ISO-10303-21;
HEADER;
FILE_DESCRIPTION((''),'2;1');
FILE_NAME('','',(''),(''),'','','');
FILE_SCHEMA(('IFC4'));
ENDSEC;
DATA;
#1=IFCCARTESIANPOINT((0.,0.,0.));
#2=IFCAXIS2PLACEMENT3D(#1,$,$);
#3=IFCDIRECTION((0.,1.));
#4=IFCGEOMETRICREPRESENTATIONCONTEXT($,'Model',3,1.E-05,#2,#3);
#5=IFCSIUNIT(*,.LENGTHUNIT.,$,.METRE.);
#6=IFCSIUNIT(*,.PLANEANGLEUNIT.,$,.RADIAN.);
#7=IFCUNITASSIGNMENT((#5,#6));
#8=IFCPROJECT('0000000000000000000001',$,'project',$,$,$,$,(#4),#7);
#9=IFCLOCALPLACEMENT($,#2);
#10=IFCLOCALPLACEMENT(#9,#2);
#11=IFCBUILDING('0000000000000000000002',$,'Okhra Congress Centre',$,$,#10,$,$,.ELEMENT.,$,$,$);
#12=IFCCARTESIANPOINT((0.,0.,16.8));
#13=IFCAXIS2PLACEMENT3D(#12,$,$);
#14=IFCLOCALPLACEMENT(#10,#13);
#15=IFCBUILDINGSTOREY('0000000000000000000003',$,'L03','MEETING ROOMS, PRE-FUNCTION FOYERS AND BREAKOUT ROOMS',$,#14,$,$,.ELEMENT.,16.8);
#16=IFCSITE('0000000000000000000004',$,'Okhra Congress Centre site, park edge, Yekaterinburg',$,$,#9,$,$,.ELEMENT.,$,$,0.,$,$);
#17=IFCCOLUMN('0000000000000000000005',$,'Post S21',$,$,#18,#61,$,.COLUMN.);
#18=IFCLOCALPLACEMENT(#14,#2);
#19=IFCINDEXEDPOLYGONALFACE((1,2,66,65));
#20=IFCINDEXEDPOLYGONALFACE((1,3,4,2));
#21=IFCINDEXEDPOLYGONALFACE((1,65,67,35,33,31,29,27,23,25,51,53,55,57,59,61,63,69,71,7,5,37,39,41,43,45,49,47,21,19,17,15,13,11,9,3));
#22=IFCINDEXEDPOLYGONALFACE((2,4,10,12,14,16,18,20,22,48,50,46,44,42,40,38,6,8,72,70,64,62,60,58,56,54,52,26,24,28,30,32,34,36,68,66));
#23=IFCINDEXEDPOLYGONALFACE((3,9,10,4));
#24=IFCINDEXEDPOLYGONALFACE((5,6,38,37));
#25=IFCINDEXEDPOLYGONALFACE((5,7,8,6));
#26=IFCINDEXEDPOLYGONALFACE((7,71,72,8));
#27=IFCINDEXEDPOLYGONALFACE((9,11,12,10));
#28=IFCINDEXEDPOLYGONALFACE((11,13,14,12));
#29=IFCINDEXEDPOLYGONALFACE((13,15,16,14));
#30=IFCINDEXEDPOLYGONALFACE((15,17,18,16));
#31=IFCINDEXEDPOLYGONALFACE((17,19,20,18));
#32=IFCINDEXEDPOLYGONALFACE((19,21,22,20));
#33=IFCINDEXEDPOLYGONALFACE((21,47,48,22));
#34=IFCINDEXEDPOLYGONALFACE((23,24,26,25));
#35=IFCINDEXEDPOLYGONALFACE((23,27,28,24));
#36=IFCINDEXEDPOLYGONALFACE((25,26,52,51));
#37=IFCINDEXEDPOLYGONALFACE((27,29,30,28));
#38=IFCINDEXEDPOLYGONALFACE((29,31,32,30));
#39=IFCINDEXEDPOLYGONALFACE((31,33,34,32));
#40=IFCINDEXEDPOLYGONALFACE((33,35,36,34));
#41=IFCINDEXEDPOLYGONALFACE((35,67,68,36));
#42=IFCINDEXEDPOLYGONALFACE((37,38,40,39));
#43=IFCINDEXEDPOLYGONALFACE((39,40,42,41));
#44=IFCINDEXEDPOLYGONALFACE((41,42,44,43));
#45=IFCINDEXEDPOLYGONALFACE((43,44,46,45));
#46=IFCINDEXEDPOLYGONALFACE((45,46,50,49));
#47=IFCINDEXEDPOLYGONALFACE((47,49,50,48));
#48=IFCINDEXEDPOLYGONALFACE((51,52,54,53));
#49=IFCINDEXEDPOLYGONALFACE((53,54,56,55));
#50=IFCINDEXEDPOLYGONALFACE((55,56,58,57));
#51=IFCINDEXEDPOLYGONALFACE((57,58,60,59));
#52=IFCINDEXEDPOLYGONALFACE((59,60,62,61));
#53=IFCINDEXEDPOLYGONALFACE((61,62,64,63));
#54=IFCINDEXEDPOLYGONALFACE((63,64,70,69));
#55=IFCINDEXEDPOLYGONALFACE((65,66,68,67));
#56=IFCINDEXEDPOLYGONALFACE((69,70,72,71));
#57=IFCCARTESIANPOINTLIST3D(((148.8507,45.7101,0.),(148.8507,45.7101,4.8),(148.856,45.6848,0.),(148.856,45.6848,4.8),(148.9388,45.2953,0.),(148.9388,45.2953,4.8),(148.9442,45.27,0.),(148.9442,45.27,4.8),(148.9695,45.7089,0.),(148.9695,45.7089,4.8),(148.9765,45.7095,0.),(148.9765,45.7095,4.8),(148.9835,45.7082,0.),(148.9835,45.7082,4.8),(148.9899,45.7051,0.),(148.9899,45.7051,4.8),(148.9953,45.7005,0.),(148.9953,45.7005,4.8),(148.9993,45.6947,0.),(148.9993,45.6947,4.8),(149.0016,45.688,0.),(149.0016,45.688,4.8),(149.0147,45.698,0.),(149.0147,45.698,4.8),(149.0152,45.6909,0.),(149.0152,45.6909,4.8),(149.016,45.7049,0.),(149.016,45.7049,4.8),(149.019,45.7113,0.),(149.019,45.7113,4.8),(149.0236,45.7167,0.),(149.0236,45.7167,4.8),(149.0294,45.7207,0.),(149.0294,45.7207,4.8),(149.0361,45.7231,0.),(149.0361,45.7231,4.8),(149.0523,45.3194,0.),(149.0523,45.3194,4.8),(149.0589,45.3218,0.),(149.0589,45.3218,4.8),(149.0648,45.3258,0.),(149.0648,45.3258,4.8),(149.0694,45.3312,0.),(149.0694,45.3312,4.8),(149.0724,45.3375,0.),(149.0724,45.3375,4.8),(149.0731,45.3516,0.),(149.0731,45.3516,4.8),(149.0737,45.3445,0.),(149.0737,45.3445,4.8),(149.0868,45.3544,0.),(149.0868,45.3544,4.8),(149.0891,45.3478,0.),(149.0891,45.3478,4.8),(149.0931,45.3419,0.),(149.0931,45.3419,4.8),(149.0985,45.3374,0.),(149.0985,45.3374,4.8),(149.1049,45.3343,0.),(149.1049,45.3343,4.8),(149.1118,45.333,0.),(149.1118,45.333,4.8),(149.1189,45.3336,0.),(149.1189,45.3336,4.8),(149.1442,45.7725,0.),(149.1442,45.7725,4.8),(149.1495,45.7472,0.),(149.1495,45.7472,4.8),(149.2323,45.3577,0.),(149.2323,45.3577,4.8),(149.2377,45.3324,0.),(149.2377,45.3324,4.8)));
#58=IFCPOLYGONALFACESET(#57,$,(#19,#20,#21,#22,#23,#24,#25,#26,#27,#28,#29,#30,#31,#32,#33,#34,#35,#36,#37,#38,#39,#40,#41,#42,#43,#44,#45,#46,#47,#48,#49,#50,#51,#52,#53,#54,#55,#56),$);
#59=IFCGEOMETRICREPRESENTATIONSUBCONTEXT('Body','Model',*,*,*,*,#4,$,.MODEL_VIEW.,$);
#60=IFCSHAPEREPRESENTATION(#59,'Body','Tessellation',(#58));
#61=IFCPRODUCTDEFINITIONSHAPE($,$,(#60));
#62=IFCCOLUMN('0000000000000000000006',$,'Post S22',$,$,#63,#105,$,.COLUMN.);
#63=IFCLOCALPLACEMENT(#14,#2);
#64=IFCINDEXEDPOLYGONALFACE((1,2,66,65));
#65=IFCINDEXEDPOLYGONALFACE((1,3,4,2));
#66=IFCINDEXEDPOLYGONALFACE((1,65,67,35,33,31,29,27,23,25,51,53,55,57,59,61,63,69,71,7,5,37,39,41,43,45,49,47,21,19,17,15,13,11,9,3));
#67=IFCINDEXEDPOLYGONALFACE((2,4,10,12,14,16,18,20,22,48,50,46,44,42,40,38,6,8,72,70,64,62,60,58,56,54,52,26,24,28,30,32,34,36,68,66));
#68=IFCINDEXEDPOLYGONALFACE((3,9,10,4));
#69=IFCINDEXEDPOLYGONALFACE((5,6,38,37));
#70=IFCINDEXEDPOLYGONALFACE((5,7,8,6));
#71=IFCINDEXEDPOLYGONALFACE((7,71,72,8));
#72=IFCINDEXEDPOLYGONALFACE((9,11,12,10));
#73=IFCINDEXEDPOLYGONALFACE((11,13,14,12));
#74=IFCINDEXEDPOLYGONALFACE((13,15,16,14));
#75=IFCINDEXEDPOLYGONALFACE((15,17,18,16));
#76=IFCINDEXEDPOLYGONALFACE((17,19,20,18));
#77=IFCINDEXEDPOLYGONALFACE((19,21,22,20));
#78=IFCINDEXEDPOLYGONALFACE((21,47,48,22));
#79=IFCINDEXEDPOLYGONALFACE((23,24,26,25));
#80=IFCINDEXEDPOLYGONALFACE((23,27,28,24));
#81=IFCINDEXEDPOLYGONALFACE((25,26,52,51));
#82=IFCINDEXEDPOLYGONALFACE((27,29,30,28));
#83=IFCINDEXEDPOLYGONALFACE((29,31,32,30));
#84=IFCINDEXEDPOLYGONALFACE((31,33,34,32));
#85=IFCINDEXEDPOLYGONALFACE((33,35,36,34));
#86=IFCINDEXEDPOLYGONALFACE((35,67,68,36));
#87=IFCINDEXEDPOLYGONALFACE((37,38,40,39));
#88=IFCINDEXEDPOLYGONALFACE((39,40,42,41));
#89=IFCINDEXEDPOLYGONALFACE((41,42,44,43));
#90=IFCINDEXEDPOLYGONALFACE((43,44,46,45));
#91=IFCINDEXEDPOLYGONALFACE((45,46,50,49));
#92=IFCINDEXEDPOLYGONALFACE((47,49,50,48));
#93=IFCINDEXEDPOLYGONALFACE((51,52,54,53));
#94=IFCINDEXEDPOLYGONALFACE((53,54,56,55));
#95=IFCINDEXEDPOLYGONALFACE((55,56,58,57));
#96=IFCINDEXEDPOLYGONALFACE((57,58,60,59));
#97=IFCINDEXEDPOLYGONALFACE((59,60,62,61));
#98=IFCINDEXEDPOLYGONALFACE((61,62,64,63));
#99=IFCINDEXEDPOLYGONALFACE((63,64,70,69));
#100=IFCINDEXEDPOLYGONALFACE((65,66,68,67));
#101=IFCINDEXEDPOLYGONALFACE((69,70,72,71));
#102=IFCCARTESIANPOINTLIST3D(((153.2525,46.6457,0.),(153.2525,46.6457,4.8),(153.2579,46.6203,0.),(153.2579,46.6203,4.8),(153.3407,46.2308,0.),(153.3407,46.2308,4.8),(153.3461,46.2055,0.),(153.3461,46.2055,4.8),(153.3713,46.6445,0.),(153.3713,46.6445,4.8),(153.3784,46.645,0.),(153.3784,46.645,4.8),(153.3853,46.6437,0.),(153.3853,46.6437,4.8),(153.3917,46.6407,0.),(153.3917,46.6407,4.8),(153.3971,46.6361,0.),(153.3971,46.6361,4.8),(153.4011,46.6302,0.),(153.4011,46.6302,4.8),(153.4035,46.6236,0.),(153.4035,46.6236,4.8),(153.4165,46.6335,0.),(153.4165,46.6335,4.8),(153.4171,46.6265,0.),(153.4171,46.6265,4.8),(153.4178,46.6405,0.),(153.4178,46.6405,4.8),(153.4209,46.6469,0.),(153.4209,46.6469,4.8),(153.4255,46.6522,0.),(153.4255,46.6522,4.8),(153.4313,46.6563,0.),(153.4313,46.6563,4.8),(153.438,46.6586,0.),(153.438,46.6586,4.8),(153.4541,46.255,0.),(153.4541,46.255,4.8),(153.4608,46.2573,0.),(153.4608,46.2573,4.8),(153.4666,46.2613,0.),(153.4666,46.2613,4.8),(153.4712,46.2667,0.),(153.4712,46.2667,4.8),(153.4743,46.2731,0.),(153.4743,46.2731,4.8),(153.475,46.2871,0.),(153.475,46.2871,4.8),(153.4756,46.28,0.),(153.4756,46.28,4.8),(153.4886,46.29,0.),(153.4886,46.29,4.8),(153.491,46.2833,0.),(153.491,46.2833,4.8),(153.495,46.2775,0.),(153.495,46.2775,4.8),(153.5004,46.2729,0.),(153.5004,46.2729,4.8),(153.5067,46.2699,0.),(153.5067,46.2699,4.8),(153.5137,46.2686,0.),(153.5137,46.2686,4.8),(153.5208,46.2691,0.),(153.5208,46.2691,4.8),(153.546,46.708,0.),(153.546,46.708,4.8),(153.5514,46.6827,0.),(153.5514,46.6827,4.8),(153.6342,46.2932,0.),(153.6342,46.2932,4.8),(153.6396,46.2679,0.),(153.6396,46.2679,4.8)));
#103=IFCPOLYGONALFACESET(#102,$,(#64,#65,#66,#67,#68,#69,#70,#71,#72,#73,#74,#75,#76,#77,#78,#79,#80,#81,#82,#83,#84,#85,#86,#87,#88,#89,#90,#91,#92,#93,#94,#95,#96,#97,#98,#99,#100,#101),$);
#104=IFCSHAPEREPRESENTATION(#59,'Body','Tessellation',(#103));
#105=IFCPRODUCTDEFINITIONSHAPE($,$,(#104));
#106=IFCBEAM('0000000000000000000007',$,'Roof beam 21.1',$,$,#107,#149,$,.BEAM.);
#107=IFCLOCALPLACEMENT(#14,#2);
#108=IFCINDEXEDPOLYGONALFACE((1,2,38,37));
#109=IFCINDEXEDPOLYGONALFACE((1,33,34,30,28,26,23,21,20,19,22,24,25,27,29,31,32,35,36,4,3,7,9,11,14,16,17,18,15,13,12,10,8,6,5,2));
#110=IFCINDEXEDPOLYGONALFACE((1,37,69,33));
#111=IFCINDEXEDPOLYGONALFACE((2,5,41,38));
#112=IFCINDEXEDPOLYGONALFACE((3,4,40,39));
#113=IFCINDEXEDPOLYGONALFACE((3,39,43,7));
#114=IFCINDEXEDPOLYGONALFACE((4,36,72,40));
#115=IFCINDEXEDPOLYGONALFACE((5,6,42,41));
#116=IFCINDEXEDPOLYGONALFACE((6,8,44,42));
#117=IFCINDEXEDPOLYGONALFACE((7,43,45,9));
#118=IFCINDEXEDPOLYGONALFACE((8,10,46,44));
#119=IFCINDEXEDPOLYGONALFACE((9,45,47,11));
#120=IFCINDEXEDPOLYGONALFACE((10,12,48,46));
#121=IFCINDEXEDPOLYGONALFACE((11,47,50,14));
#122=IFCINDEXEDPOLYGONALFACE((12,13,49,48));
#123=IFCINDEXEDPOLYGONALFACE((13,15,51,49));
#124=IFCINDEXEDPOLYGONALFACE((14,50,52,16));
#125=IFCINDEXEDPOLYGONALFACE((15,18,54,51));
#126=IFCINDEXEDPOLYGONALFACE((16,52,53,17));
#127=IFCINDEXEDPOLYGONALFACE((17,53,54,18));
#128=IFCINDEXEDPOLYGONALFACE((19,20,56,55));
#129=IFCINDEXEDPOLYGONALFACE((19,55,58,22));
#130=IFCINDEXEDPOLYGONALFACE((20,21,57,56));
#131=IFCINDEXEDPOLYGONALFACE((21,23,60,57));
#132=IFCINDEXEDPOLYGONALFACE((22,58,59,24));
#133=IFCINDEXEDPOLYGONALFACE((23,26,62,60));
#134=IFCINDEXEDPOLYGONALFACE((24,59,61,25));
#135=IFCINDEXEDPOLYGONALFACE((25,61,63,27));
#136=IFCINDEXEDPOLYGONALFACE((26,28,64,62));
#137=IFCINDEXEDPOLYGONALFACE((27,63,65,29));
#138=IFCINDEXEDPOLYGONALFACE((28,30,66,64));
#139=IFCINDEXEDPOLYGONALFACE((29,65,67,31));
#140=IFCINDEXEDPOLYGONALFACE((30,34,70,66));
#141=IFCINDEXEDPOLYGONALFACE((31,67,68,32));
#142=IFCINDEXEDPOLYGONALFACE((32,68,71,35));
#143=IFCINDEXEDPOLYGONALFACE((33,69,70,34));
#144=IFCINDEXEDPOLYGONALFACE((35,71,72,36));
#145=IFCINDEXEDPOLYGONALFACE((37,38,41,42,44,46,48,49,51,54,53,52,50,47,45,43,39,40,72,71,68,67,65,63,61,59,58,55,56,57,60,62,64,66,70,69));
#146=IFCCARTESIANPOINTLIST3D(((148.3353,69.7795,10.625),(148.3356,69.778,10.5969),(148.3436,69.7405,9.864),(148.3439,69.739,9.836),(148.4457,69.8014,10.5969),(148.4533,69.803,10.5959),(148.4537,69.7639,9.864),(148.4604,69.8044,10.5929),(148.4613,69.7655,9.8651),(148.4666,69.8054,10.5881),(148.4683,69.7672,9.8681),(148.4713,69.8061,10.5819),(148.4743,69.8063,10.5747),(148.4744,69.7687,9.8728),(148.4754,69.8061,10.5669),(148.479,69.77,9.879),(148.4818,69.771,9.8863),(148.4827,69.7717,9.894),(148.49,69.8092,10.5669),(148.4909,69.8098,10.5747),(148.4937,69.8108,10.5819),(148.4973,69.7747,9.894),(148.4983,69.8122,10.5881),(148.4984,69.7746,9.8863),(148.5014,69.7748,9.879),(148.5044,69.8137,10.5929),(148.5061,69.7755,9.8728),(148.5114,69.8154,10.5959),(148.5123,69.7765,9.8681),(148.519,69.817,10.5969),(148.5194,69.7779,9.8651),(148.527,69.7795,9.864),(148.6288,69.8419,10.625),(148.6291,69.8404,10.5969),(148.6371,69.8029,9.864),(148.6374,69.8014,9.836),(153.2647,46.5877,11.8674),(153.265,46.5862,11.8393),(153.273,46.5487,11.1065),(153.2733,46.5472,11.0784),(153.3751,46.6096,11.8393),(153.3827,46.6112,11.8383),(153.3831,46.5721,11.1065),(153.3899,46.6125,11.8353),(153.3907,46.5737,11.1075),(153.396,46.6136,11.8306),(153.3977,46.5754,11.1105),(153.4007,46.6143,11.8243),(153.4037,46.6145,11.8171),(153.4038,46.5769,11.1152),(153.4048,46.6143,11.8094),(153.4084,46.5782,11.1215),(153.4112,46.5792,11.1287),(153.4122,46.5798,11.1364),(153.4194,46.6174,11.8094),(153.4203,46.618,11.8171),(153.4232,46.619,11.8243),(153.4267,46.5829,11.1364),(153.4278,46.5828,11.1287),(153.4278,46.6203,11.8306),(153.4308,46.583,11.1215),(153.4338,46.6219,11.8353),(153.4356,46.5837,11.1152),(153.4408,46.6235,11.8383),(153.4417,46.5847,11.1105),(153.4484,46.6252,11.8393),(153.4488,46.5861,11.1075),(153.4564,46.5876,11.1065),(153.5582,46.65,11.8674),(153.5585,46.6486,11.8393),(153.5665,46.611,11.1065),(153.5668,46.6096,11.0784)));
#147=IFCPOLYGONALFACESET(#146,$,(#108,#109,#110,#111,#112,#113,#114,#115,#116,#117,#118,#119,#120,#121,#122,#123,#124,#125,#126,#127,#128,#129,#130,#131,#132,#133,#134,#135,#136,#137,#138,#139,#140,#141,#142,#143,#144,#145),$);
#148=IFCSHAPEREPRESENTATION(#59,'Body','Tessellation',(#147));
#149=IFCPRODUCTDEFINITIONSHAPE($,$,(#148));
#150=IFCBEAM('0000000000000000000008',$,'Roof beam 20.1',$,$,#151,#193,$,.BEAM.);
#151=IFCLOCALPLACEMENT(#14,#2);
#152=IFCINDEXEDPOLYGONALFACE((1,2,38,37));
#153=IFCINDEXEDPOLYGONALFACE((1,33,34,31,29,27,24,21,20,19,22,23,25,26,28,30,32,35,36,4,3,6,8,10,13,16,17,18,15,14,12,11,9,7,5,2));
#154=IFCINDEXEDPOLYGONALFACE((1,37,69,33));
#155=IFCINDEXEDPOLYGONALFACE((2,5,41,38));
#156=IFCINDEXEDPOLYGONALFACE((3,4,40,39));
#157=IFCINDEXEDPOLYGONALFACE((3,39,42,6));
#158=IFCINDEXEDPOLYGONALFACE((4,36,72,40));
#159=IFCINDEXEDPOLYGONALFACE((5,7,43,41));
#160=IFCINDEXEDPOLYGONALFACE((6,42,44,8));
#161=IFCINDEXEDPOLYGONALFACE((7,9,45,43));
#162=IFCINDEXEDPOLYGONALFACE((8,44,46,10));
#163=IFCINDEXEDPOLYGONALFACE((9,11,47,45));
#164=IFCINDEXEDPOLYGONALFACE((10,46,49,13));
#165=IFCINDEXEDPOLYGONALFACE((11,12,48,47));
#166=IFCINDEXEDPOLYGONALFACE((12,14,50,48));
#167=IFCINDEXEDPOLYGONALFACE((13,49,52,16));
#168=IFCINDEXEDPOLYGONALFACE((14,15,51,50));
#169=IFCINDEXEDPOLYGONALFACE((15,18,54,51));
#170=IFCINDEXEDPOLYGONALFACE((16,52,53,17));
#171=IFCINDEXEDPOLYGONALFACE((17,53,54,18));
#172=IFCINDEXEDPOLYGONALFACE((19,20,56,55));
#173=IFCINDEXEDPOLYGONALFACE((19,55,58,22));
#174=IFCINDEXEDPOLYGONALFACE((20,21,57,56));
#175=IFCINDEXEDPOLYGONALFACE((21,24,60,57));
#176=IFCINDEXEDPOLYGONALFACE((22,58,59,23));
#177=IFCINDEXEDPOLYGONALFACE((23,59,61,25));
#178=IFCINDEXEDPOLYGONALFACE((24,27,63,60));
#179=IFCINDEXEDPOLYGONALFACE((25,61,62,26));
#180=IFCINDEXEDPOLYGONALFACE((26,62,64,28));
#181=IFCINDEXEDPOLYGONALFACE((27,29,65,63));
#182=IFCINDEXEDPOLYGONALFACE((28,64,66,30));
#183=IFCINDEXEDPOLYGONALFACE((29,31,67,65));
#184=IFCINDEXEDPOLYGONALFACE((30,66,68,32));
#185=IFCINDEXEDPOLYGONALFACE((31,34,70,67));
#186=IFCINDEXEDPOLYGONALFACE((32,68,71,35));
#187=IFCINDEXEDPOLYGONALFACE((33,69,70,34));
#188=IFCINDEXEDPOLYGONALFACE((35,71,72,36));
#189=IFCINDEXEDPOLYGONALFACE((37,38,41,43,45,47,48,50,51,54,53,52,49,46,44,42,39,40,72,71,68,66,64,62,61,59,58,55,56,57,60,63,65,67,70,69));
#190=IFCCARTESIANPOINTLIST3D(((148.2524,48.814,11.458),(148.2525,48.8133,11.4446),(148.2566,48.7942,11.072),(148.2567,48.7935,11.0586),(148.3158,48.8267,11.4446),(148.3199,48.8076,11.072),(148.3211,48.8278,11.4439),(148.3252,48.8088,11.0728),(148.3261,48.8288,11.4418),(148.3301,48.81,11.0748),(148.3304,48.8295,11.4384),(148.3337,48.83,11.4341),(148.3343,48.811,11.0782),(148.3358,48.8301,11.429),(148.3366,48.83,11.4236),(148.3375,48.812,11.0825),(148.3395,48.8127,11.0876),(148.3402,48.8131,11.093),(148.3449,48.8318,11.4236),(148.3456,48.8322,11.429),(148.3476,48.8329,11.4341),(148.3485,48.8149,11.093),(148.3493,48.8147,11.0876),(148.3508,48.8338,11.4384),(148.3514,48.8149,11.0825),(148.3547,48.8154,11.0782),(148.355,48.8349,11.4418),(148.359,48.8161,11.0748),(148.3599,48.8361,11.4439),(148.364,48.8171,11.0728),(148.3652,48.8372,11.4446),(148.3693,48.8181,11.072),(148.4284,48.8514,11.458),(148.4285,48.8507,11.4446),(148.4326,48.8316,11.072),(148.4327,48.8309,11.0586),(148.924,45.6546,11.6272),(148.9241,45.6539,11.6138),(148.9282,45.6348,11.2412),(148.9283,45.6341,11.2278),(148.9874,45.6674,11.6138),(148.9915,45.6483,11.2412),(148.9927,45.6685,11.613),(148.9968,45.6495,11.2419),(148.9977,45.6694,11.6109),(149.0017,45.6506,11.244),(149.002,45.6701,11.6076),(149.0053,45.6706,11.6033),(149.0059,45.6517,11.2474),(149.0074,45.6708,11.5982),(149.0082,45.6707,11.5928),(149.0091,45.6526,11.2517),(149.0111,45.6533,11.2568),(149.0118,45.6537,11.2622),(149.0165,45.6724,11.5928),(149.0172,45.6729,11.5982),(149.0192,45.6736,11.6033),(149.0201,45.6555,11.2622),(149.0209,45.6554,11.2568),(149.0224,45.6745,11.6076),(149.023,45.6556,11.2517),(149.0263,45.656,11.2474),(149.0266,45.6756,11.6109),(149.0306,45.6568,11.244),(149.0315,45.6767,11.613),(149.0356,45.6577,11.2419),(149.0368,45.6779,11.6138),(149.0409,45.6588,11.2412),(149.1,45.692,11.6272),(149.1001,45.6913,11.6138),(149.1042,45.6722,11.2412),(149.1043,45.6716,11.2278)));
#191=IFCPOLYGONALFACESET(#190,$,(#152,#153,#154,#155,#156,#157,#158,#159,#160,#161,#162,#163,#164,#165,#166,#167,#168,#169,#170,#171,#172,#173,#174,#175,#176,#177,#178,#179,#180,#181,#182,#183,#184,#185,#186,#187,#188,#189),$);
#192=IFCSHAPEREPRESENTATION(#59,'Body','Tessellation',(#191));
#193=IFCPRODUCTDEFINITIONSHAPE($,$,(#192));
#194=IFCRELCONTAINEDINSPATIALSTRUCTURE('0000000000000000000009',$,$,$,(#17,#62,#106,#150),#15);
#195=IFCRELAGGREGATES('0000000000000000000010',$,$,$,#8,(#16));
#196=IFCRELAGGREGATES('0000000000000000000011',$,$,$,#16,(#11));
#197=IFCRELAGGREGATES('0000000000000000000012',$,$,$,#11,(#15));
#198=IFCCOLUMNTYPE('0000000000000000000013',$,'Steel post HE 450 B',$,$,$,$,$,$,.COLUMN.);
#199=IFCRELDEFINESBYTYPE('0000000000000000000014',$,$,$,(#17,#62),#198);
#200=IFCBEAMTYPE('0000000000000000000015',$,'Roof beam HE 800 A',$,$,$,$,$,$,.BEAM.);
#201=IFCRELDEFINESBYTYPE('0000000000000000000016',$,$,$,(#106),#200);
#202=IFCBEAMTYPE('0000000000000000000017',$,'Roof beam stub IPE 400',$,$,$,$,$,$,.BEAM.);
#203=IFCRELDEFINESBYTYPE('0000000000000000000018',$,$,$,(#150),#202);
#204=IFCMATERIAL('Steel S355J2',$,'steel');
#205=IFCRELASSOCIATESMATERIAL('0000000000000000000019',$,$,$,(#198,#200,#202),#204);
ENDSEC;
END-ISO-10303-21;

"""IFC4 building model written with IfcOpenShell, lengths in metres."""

from ifc_helpers import new_model, si_unit, direction, frame, origin, origin_2d, place, context, subcontext, project, spatial, i_section, extrude, material, material_profile, profile_set, type_object, element, save


model = new_model("IFC4")

# Units and contexts
model_context = context("Model", 3, precision=1e-05, world=origin(), true_north=direction((0.0, 1.0)))
body_context = subcontext(model_context, "Body", "Model", "MODEL_VIEW")
ifc_project = project(units=[si_unit("LENGTHUNIT", "METRE"), si_unit("PLANEANGLEUNIT", "RADIAN")], contexts=[model_context])

# Site, building, storey
site_placement = place(None, origin())
site = spatial("IfcSite", under=ifc_project, at=site_placement, Name="Okhra Congress Centre site, park edge, Yekaterinburg", CompositionType="ELEMENT", RefElevation=0.0)
building_placement = place(site_placement, origin())
building = spatial("IfcBuilding", under=site, at=building_placement, Name="Okhra Congress Centre", CompositionType="ELEMENT")
storey_placement = place(building_placement, frame((0.0, 0.0, 16.8)))
storey = spatial("IfcBuildingStorey", under=building, at=storey_placement, Name="L03", Description="MEETING ROOMS, PRE-FUNCTION FOYERS AND BREAKOUT ROOMS", CompositionType="ELEMENT", Elevation=16.8)

# Columns
ifc_material_1 = material(Name="Steel S355J2", Category="steel")
ifc_material_profile_1 = material_profile(ifc_material_1, i_section(OverallWidth=0.3, OverallDepth=0.45, WebThickness=0.0139, FlangeThickness=0.0259, FilletRadius=0.0271, at=origin_2d()), Name="HE 450 B")
ifc_profile_set_1 = profile_set([ifc_material_profile_1], Name="Steel S355J2")
column_type = type_object("IfcColumnType", Name="Steel post HE 450 B", PredefinedType="COLUMN", material=ifc_profile_set_1)
for number, where, z_axis, x_axis, name in (
    (1, (149.0442, 45.5212, 0.0), (0.0, 0.0, 1.0), (0.978148, 0.207912, 0.0), "Post S21"),
    (2, (153.446, 46.4568, 0.0), (0.0, 0.0, 1.0), (0.978148, 0.207912, 0.0), "Post S22"),
):
    element("IfcColumn", number, at=place(storey_placement, frame(where, z_axis=z_axis, x_axis=x_axis)), inside=storey, type_object=column_type, Name=name, PredefinedType="COLUMN", context=body_context, shape_type="SweptSolid", body=[
        extrude(i_section(OverallWidth=0.3, OverallDepth=0.45, WebThickness=0.0139, FlangeThickness=0.0259, FilletRadius=0.0271, at=origin_2d()), origin(), (0.0, 0.0, 1.0), 4.8),
    ])

# Beams
ifc_material_profile_2 = material_profile(ifc_material_1, i_section(OverallWidth=0.3, OverallDepth=0.79, WebThickness=0.0149, FlangeThickness=0.0281, FilletRadius=0.03, at=origin_2d()), Name="HE 800 A")
ifc_profile_set_2 = profile_set([ifc_material_profile_2], Name="Steel S355J2")
beam_type_1 = type_object("IfcBeamType", Name="Roof beam HE 800 A", PredefinedType="BEAM", material=ifc_profile_set_2)
beam_1_placement = place(storey_placement, frame((153.4158, 46.5986, 11.4729), z_axis=(-0.207621, 0.976809, -0.052329), x_axis=(-0.978149, -0.207906, 0.0)))
element("IfcBeam", 3, at=beam_1_placement, inside=storey, type_object=beam_type_1, Name="Roof beam 21.1", PredefinedType="BEAM", context=body_context, shape_type="SweptSolid", body=[
    extrude(i_section(OverallWidth=0.3, OverallDepth=0.79, WebThickness=0.0149, FlangeThickness=0.0281, FilletRadius=0.03, at=origin_2d()), origin(), (0.0, 0.0, 1.0), 23.7424),
])
ifc_material_profile_3 = material_profile(ifc_material_1, i_section(OverallWidth=0.1799, OverallDepth=0.3999, WebThickness=0.0085, FlangeThickness=0.0134, FilletRadius=0.021, at=origin_2d()), Name="IPE 400")
ifc_profile_set_3 = profile_set([ifc_material_profile_3], Name="Steel S355J2")
beam_type_2 = type_object("IfcBeamType", Name="Roof beam stub IPE 400", PredefinedType="BEAM", material=ifc_profile_set_3)
beam_2_placement = place(storey_placement, frame((149.0142, 45.6631, 11.4275), z_axis=(-0.207649, 0.976804, -0.052309), x_axis=(-0.978143, -0.207934, 0.0)))
element("IfcBeam", 4, at=beam_2_placement, inside=storey, type_object=beam_type_2, Name="Roof beam 20.1", PredefinedType="BEAM", context=body_context, shape_type="SweptSolid", body=[
    extrude(i_section(OverallWidth=0.1799, OverallDepth=0.3999, WebThickness=0.0085, FlangeThickness=0.0134, FilletRadius=0.021, at=origin_2d()), origin(), (0.0, 0.0, 1.0), 3.2344),
])

save(model, "model.ifc")
